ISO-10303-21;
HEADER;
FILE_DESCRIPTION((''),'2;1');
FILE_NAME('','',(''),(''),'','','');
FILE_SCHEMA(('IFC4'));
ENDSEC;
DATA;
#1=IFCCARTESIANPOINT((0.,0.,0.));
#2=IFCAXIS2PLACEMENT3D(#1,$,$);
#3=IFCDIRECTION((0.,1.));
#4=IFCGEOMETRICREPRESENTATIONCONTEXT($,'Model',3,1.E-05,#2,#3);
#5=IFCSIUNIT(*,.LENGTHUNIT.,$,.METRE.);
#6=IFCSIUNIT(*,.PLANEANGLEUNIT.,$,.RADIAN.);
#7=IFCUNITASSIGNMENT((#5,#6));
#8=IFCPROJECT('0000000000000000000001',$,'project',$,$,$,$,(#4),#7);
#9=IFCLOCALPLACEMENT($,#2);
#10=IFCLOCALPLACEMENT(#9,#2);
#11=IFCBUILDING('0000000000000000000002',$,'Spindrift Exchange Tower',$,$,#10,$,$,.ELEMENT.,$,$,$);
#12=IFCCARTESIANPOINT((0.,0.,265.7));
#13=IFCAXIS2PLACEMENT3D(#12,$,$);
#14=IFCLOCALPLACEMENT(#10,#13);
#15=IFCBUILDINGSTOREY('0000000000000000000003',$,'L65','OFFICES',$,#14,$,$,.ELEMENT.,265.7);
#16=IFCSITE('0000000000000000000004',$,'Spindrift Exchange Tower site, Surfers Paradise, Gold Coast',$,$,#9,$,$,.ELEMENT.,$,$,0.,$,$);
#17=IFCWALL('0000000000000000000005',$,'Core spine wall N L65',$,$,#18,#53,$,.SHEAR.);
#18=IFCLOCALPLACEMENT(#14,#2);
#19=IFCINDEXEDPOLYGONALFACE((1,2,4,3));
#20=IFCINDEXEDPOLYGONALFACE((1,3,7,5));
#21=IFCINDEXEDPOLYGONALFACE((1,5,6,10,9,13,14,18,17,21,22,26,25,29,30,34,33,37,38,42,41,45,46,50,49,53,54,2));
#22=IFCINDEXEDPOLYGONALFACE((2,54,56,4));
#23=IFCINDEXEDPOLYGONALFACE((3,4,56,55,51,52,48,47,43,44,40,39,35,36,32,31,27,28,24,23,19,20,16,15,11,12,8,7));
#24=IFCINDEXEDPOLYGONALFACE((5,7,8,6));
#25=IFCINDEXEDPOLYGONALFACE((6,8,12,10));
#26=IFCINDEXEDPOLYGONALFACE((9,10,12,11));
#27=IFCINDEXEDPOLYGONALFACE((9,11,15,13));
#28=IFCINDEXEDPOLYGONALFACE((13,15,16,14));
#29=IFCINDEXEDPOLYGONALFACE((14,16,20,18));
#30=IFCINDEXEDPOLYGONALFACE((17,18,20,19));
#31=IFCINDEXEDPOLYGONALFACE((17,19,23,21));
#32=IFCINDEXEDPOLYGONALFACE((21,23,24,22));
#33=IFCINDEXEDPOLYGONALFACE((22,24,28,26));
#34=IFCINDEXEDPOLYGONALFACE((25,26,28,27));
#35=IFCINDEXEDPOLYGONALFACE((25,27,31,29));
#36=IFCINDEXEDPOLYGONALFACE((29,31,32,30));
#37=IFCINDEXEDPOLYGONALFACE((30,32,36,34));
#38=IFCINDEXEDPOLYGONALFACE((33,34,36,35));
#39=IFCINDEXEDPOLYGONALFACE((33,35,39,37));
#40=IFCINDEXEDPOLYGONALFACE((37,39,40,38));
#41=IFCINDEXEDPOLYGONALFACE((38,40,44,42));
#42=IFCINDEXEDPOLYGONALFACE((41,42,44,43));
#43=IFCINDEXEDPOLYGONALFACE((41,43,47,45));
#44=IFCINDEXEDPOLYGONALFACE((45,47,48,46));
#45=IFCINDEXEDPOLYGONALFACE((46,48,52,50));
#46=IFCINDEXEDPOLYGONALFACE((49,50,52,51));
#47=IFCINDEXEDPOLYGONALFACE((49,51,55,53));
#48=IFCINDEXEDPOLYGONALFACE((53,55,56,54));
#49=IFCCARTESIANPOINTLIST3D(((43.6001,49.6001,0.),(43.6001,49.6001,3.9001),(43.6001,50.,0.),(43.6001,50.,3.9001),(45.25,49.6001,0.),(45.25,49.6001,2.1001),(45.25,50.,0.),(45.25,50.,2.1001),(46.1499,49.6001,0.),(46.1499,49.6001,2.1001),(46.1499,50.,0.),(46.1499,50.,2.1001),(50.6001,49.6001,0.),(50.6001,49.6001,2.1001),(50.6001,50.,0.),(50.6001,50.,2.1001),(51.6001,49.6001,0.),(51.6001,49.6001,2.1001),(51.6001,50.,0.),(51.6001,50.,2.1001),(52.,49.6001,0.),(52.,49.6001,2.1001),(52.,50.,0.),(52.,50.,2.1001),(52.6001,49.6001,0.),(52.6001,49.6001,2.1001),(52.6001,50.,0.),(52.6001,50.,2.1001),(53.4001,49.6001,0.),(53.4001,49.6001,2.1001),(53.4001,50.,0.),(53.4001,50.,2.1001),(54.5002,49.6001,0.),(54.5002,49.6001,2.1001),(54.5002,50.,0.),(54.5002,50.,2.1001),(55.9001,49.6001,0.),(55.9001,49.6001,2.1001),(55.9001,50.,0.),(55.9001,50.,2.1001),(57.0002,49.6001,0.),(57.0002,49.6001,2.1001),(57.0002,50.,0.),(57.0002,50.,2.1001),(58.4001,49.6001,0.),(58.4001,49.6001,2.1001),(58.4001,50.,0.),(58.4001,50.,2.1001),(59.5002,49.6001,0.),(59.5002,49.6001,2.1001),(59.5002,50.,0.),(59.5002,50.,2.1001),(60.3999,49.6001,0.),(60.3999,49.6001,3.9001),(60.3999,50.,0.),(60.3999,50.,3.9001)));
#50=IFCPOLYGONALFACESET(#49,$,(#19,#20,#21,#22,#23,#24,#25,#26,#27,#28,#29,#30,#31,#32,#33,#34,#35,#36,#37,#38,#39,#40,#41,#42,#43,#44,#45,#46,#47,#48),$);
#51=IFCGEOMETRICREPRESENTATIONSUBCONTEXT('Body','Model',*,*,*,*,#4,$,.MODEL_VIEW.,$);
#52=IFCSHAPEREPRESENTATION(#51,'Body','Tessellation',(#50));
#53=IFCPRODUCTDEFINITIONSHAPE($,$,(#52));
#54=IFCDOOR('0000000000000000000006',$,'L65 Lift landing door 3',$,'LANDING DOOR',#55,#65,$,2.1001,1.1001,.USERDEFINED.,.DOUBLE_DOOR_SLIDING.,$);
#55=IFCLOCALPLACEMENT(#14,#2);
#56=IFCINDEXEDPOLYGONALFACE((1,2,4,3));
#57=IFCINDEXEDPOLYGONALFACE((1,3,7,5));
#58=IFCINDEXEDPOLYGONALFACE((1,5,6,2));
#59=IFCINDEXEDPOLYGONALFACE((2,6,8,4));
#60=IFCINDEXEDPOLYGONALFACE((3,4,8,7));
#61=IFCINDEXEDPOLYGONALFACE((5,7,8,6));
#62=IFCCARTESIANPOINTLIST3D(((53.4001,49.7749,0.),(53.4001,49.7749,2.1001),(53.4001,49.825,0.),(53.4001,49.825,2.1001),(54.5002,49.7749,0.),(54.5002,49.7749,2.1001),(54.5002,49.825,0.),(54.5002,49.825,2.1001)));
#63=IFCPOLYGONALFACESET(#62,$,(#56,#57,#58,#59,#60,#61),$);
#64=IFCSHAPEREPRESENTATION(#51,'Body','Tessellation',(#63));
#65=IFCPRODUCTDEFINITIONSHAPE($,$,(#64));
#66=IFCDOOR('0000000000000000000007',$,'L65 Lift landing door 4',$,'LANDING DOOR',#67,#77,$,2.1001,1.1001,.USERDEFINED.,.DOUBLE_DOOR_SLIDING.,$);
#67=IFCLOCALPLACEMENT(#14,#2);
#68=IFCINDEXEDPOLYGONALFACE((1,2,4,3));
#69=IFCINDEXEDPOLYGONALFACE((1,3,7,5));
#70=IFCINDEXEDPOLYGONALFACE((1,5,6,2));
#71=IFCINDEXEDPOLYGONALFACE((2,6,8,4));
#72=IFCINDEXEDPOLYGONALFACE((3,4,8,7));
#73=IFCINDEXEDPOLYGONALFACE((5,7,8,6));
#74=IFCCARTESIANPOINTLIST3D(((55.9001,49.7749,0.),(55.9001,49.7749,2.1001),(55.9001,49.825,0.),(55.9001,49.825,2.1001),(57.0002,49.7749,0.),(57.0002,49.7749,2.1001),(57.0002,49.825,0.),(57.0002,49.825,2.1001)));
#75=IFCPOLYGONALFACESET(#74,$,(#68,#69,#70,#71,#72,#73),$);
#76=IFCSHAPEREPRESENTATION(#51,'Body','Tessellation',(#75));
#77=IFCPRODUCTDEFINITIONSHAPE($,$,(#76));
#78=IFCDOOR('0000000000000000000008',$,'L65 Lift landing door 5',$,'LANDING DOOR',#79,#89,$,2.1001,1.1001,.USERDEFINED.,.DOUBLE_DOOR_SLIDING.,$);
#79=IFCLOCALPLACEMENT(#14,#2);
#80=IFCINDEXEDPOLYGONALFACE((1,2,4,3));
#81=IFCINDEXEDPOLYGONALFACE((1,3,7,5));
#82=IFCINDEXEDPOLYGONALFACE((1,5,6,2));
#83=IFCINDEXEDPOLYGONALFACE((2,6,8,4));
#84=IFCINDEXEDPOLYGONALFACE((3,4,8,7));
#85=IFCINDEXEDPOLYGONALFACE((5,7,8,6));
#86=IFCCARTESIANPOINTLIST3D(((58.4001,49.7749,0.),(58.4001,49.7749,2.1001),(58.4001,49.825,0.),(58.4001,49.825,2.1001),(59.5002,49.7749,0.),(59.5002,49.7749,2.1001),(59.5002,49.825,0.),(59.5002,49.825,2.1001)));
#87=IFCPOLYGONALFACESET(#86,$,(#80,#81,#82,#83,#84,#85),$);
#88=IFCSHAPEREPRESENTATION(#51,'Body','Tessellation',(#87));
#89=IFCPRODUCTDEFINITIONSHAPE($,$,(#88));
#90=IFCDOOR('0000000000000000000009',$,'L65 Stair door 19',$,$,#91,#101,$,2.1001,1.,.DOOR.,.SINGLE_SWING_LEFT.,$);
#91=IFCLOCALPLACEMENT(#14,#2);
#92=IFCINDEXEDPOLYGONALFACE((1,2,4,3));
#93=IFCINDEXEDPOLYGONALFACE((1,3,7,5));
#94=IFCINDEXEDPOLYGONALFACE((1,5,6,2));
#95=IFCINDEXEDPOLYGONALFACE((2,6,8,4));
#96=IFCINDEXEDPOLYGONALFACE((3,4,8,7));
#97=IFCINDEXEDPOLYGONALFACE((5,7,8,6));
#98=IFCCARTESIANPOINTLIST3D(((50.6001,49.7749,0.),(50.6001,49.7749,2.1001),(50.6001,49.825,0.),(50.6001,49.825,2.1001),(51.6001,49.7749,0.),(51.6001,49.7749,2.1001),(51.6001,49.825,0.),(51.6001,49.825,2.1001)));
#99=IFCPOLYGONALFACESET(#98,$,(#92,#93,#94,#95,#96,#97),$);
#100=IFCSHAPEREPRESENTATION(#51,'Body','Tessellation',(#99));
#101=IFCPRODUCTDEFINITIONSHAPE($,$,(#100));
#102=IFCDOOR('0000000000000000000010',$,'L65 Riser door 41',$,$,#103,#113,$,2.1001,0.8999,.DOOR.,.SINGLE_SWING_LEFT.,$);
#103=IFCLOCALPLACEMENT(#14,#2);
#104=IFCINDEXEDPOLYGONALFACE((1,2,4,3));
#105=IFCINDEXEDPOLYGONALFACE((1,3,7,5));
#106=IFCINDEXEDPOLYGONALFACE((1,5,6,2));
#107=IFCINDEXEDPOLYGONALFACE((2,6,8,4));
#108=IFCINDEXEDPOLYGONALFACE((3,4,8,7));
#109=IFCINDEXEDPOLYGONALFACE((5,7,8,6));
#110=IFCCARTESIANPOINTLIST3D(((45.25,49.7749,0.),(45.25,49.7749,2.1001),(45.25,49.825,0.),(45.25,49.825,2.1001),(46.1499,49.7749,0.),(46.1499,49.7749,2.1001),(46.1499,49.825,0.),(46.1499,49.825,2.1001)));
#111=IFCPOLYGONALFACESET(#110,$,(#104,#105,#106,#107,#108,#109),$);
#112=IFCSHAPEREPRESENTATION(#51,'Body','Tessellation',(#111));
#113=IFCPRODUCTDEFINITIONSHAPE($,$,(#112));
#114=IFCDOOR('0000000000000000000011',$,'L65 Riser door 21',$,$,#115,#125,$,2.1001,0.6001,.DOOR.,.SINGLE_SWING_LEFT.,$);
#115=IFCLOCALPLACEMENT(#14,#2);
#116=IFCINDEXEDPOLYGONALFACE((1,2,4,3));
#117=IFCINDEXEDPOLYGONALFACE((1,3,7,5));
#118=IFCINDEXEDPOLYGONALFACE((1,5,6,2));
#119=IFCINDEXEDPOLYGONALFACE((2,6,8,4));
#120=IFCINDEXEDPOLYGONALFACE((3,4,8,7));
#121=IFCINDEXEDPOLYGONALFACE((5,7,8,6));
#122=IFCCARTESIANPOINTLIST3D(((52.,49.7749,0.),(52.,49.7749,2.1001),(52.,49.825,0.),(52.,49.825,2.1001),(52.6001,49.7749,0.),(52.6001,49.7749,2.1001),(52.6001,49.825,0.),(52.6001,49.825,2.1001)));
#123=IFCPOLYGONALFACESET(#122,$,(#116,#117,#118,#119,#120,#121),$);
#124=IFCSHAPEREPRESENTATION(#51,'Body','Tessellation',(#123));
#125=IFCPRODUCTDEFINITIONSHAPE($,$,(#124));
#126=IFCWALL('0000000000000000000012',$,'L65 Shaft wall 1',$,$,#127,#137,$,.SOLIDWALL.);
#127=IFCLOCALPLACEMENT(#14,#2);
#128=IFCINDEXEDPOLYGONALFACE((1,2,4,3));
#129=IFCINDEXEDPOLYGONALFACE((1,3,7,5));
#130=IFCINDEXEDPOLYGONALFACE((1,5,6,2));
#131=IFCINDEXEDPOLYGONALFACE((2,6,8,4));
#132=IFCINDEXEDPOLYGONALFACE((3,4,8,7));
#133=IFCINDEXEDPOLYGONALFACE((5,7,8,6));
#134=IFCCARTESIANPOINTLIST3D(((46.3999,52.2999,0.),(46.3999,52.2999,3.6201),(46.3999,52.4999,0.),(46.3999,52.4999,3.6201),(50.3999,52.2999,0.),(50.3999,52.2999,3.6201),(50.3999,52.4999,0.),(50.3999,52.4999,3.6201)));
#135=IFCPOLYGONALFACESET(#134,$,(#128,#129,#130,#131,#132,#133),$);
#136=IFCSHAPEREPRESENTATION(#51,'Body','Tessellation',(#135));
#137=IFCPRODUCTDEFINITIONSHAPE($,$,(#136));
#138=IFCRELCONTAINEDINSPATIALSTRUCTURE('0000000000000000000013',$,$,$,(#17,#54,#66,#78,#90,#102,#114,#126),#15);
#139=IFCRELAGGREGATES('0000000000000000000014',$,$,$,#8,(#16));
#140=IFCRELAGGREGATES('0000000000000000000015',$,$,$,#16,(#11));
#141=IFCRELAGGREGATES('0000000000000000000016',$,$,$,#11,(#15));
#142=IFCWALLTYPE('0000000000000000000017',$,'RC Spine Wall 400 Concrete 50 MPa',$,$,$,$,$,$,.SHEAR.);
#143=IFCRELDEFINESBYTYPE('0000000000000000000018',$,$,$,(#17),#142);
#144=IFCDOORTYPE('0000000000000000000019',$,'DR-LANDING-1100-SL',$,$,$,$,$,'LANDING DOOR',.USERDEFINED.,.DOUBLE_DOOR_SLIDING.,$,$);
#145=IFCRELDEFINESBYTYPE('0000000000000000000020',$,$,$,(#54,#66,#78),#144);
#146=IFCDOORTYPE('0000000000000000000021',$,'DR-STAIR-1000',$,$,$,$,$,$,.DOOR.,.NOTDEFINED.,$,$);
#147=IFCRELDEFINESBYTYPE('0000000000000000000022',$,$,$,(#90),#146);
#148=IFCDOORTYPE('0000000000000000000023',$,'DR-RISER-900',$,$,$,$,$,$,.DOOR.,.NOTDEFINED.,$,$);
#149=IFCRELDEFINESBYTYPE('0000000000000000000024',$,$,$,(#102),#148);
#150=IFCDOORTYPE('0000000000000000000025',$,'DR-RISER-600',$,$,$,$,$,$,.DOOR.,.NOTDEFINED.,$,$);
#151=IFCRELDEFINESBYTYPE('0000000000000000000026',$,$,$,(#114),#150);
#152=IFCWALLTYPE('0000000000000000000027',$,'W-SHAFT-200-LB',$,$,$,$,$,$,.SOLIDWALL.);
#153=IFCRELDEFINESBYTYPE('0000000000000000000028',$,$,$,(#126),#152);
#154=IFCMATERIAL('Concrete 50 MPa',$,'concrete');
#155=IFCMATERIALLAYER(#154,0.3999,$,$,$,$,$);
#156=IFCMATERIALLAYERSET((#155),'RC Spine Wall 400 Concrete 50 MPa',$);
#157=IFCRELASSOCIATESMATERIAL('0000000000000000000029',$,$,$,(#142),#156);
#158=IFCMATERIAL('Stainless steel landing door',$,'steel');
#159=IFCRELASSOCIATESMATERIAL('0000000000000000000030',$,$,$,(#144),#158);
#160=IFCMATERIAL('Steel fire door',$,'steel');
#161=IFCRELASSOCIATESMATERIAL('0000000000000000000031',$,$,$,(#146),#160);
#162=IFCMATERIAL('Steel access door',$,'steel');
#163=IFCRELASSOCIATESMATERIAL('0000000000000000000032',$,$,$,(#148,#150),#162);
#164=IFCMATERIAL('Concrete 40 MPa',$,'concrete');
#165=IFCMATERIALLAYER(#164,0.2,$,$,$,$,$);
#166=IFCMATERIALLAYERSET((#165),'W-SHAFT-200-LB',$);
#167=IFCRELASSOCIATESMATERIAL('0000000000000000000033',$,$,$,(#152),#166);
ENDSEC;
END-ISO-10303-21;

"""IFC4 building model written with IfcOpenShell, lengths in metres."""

from ifc_helpers import new_model, si_unit, direction, frame, frame_2d, origin, place, context, subcontext, project, spatial, rectangle, extrude, source, transform, mapped, material, layer, layer_set, type_object, element, fill, save


model = new_model("IFC4")

# Units and contexts
model_context = context("Model", 3, precision=1e-05, world=origin(), true_north=direction((0.0, 1.0)))
body_context = subcontext(model_context, "Body", "Model", "MODEL_VIEW")
ifc_project = project(units=[si_unit("LENGTHUNIT", "METRE"), si_unit("PLANEANGLEUNIT", "RADIAN")], contexts=[model_context])

# Site, building, storey
site_placement = place(None, origin())
site = spatial("IfcSite", under=ifc_project, at=site_placement, Name="Spindrift Exchange Tower site, Surfers Paradise, Gold Coast", CompositionType="ELEMENT", RefElevation=0.0)
building_placement = place(site_placement, origin())
building = spatial("IfcBuilding", under=site, at=building_placement, Name="Spindrift Exchange Tower", CompositionType="ELEMENT")
storey_placement = place(building_placement, frame((0.0, 0.0, 265.7)))
storey = spatial("IfcBuildingStorey", under=building, at=storey_placement, Name="L65", Description="OFFICES", CompositionType="ELEMENT", Elevation=265.7)

# Shared definitions
ifc_material_1 = material(Name="Concrete 40 MPa", Category="concrete")

# Wall, openings, doors
ifc_material_2 = material(Name="Concrete 50 MPa", Category="concrete")
ifc_layer_1 = layer(ifc_material_2, 0.3999)
ifc_layer_set_1 = layer_set([ifc_layer_1], Name="RC Spine Wall 400 Concrete 50 MPa")
wall_type_1 = type_object("IfcWallType", Name="RC Spine Wall 400 Concrete 50 MPa", PredefinedType="SHEAR", material=ifc_layer_set_1)
wall_1_placement = place(storey_placement, frame((43.6001, 49.8, 0.0), z_axis=(0.0, 0.0, 1.0), x_axis=(1.0, 0.0, 0.0)))
wall_1 = element("IfcWall", 1, at=wall_1_placement, inside=storey, type_object=wall_type_1, Name="Core spine wall N L65", PredefinedType="SHEAR", context=body_context, shape_type="SweptSolid", body=[
    extrude(rectangle(XDim=16.7998, YDim=0.3999, at=frame_2d((8.3999, 0.0))), origin(), (0.0, 0.0, 1.0), 3.9001),
])
opening_1_placement = place(wall_1_placement, frame((9.8, 0.0, 0.0)))
opening_1 = element("IfcOpeningElement", 2, at=opening_1_placement, cuts=wall_1, PredefinedType="OPENING", context=body_context, shape_type="SweptSolid", body=[
    extrude(rectangle(XDim=1.1001, YDim=2.1001, at=frame_2d((0.55, 1.05))), frame((0.0, 0.21, 0.0), z_axis=(0.0, -1.0, 0.0), x_axis=(1.0, 0.0, 0.0)), (0.0, 0.0, 1.0), 0.4199),
])
opening_2_placement = place(wall_1_placement, frame((12.3, 0.0, 0.0)))
opening_2 = element("IfcOpeningElement", 3, at=opening_2_placement, cuts=wall_1, PredefinedType="OPENING", context=body_context, shape_type="SweptSolid", body=[
    extrude(rectangle(XDim=1.1001, YDim=2.1001, at=frame_2d((0.55, 1.05))), frame((0.0, 0.21, 0.0), z_axis=(0.0, -1.0, 0.0), x_axis=(1.0, 0.0, 0.0)), (0.0, 0.0, 1.0), 0.4199),
])
opening_3_placement = place(wall_1_placement, frame((14.8, 0.0, 0.0)))
opening_3 = element("IfcOpeningElement", 4, at=opening_3_placement, cuts=wall_1, PredefinedType="OPENING", context=body_context, shape_type="SweptSolid", body=[
    extrude(rectangle(XDim=1.1001, YDim=2.1001, at=frame_2d((0.55, 1.05))), frame((0.0, 0.21, 0.0), z_axis=(0.0, -1.0, 0.0), x_axis=(1.0, 0.0, 0.0)), (0.0, 0.0, 1.0), 0.4199),
])
opening_4_placement = place(wall_1_placement, frame((7.0, 0.0, 0.0)))
opening_4 = element("IfcOpeningElement", 5, at=opening_4_placement, cuts=wall_1, PredefinedType="OPENING", context=body_context, shape_type="SweptSolid", body=[
    extrude(rectangle(XDim=1.0, YDim=2.1001, at=frame_2d((0.5, 1.05))), frame((0.0, 0.21, 0.0), z_axis=(0.0, -1.0, 0.0), x_axis=(1.0, 0.0, 0.0)), (0.0, 0.0, 1.0), 0.4199),
])
opening_5_placement = place(wall_1_placement, frame((8.3999, 0.0, 0.0)))
opening_5 = element("IfcOpeningElement", 6, at=opening_5_placement, cuts=wall_1, PredefinedType="OPENING", context=body_context, shape_type="SweptSolid", body=[
    extrude(rectangle(XDim=0.6001, YDim=2.1001, at=frame_2d((0.3, 1.05))), frame((0.0, 0.21, 0.0), z_axis=(0.0, -1.0, 0.0), x_axis=(1.0, 0.0, 0.0)), (0.0, 0.0, 1.0), 0.4199),
])
opening_6_placement = place(wall_1_placement, frame((1.6499, 0.0, 0.0)))
opening_6 = element("IfcOpeningElement", 7, at=opening_6_placement, cuts=wall_1, PredefinedType="OPENING", context=body_context, shape_type="SweptSolid", body=[
    extrude(rectangle(XDim=0.8999, YDim=2.1001, at=frame_2d((0.45, 1.05))), frame((0.0, 0.21, 0.0), z_axis=(0.0, -1.0, 0.0), x_axis=(1.0, 0.0, 0.0)), (0.0, 0.0, 1.0), 0.4199),
])
ifc_material_3 = material(Name="Stainless steel landing door", Category="steel")
door_type_1 = type_object("IfcDoorType", Name="DR-LANDING-1100-SL", ElementType="LANDING DOOR", OperationType="DOUBLE_DOOR_SLIDING", PredefinedType="USERDEFINED", material=ifc_material_3)
shared_shape_1 = source(origin(), body_context, "Body", "SweptSolid", [
    extrude(rectangle(XDim=1.1001, YDim=2.1001, at=frame_2d((0.55, 1.05))), frame((0.0, 0.0249, 0.0), z_axis=(0.0, -1.0, 0.0), x_axis=(1.0, 0.0, 0.0)), (0.0, 0.0, 1.0), 0.05),
])
door_1_placement = place(opening_1_placement, origin())
door_1 = element("IfcDoor", 8, at=door_1_placement, inside=storey, type_object=door_type_1, Name="L65 Lift landing door 3", ObjectType="LANDING DOOR", OperationType="DOUBLE_DOOR_SLIDING", OverallHeight=2.1001, OverallWidth=1.1001, PredefinedType="USERDEFINED", context=body_context, shape_type="MappedRepresentation", body=[
    mapped(shared_shape_1, transform((0.0, 0.0, 0.0), scale=1.0)),
])
fill(opening_1, door_1)
door_2_placement = place(opening_2_placement, origin())
door_2 = element("IfcDoor", 9, at=door_2_placement, inside=storey, type_object=door_type_1, Name="L65 Lift landing door 4", ObjectType="LANDING DOOR", OperationType="DOUBLE_DOOR_SLIDING", OverallHeight=2.1001, OverallWidth=1.1001, PredefinedType="USERDEFINED", context=body_context, shape_type="MappedRepresentation", body=[
    mapped(shared_shape_1, transform((0.0, 0.0, 0.0), scale=1.0)),
])
fill(opening_2, door_2)
door_3_placement = place(opening_3_placement, origin())
door_3 = element("IfcDoor", 10, at=door_3_placement, inside=storey, type_object=door_type_1, Name="L65 Lift landing door 5", ObjectType="LANDING DOOR", OperationType="DOUBLE_DOOR_SLIDING", OverallHeight=2.1001, OverallWidth=1.1001, PredefinedType="USERDEFINED", context=body_context, shape_type="MappedRepresentation", body=[
    mapped(shared_shape_1, transform((0.0, 0.0, 0.0), scale=1.0)),
])
fill(opening_3, door_3)
ifc_material_4 = material(Name="Steel fire door", Category="steel")
door_type_2 = type_object("IfcDoorType", Name="DR-STAIR-1000", OperationType="NOTDEFINED", PredefinedType="DOOR", material=ifc_material_4)
shared_shape_2 = source(origin(), body_context, "Body", "SweptSolid", [
    extrude(rectangle(XDim=1.0, YDim=2.1001, at=frame_2d((0.5, 1.05))), frame((0.0, 0.0249, 0.0), z_axis=(0.0, -1.0, 0.0), x_axis=(1.0, 0.0, 0.0)), (0.0, 0.0, 1.0), 0.05),
])
door_4_placement = place(opening_4_placement, origin())
door_4 = element("IfcDoor", 11, at=door_4_placement, inside=storey, type_object=door_type_2, Name="L65 Stair door 19", OperationType="SINGLE_SWING_LEFT", OverallHeight=2.1001, OverallWidth=1.0, PredefinedType="DOOR", context=body_context, shape_type="MappedRepresentation", body=[
    mapped(shared_shape_2, transform((0.0, 0.0, 0.0), scale=1.0)),
])
fill(opening_4, door_4)
ifc_material_5 = material(Name="Steel access door", Category="steel")
door_type_3 = type_object("IfcDoorType", Name="DR-RISER-900", OperationType="NOTDEFINED", PredefinedType="DOOR", material=ifc_material_5)
shared_shape_3 = source(origin(), body_context, "Body", "SweptSolid", [
    extrude(rectangle(XDim=0.8999, YDim=2.1001, at=frame_2d((0.45, 1.05))), frame((0.0, 0.0249, 0.0), z_axis=(0.0, -1.0, 0.0), x_axis=(1.0, 0.0, 0.0)), (0.0, 0.0, 1.0), 0.05),
])
door_5_placement = place(opening_6_placement, origin())
door_5 = element("IfcDoor", 12, at=door_5_placement, inside=storey, type_object=door_type_3, Name="L65 Riser door 41", OperationType="SINGLE_SWING_LEFT", OverallHeight=2.1001, OverallWidth=0.8999, PredefinedType="DOOR", context=body_context, shape_type="MappedRepresentation", body=[
    mapped(shared_shape_3, transform((0.0, 0.0, 0.0), scale=1.0)),
])
fill(opening_6, door_5)
door_type_4 = type_object("IfcDoorType", Name="DR-RISER-600", OperationType="NOTDEFINED", PredefinedType="DOOR", material=ifc_material_5)
shared_shape_4 = source(origin(), body_context, "Body", "SweptSolid", [
    extrude(rectangle(XDim=0.6001, YDim=2.1001, at=frame_2d((0.3, 1.05))), frame((0.0, 0.0249, 0.0), z_axis=(0.0, -1.0, 0.0), x_axis=(1.0, 0.0, 0.0)), (0.0, 0.0, 1.0), 0.05),
])
door_6_placement = place(opening_5_placement, origin())
door_6 = element("IfcDoor", 13, at=door_6_placement, inside=storey, type_object=door_type_4, Name="L65 Riser door 21", OperationType="SINGLE_SWING_LEFT", OverallHeight=2.1001, OverallWidth=0.6001, PredefinedType="DOOR", context=body_context, shape_type="MappedRepresentation", body=[
    mapped(shared_shape_4, transform((0.0, 0.0, 0.0), scale=1.0)),
])
fill(opening_5, door_6)

# Wall
ifc_layer_2 = layer(ifc_material_1, 0.2)
ifc_layer_set_2 = layer_set([ifc_layer_2], Name="W-SHAFT-200-LB")
wall_type_2 = type_object("IfcWallType", Name="W-SHAFT-200-LB", PredefinedType="SOLIDWALL", material=ifc_layer_set_2)
wall_2_placement = place(storey_placement, frame((46.3999, 52.3999, 0.0), z_axis=(0.0, 0.0, 1.0), x_axis=(1.0, 0.0, 0.0)))
element("IfcWall", 14, at=wall_2_placement, inside=storey, type_object=wall_type_2, Name="L65 Shaft wall 1", PredefinedType="SOLIDWALL", context=body_context, shape_type="SweptSolid", body=[
    extrude(rectangle(XDim=4.0, YDim=0.2, at=frame_2d((2.0, 0.0))), origin(), (0.0, 0.0, 1.0), 3.6201),
])

save(model, "model.ifc")
